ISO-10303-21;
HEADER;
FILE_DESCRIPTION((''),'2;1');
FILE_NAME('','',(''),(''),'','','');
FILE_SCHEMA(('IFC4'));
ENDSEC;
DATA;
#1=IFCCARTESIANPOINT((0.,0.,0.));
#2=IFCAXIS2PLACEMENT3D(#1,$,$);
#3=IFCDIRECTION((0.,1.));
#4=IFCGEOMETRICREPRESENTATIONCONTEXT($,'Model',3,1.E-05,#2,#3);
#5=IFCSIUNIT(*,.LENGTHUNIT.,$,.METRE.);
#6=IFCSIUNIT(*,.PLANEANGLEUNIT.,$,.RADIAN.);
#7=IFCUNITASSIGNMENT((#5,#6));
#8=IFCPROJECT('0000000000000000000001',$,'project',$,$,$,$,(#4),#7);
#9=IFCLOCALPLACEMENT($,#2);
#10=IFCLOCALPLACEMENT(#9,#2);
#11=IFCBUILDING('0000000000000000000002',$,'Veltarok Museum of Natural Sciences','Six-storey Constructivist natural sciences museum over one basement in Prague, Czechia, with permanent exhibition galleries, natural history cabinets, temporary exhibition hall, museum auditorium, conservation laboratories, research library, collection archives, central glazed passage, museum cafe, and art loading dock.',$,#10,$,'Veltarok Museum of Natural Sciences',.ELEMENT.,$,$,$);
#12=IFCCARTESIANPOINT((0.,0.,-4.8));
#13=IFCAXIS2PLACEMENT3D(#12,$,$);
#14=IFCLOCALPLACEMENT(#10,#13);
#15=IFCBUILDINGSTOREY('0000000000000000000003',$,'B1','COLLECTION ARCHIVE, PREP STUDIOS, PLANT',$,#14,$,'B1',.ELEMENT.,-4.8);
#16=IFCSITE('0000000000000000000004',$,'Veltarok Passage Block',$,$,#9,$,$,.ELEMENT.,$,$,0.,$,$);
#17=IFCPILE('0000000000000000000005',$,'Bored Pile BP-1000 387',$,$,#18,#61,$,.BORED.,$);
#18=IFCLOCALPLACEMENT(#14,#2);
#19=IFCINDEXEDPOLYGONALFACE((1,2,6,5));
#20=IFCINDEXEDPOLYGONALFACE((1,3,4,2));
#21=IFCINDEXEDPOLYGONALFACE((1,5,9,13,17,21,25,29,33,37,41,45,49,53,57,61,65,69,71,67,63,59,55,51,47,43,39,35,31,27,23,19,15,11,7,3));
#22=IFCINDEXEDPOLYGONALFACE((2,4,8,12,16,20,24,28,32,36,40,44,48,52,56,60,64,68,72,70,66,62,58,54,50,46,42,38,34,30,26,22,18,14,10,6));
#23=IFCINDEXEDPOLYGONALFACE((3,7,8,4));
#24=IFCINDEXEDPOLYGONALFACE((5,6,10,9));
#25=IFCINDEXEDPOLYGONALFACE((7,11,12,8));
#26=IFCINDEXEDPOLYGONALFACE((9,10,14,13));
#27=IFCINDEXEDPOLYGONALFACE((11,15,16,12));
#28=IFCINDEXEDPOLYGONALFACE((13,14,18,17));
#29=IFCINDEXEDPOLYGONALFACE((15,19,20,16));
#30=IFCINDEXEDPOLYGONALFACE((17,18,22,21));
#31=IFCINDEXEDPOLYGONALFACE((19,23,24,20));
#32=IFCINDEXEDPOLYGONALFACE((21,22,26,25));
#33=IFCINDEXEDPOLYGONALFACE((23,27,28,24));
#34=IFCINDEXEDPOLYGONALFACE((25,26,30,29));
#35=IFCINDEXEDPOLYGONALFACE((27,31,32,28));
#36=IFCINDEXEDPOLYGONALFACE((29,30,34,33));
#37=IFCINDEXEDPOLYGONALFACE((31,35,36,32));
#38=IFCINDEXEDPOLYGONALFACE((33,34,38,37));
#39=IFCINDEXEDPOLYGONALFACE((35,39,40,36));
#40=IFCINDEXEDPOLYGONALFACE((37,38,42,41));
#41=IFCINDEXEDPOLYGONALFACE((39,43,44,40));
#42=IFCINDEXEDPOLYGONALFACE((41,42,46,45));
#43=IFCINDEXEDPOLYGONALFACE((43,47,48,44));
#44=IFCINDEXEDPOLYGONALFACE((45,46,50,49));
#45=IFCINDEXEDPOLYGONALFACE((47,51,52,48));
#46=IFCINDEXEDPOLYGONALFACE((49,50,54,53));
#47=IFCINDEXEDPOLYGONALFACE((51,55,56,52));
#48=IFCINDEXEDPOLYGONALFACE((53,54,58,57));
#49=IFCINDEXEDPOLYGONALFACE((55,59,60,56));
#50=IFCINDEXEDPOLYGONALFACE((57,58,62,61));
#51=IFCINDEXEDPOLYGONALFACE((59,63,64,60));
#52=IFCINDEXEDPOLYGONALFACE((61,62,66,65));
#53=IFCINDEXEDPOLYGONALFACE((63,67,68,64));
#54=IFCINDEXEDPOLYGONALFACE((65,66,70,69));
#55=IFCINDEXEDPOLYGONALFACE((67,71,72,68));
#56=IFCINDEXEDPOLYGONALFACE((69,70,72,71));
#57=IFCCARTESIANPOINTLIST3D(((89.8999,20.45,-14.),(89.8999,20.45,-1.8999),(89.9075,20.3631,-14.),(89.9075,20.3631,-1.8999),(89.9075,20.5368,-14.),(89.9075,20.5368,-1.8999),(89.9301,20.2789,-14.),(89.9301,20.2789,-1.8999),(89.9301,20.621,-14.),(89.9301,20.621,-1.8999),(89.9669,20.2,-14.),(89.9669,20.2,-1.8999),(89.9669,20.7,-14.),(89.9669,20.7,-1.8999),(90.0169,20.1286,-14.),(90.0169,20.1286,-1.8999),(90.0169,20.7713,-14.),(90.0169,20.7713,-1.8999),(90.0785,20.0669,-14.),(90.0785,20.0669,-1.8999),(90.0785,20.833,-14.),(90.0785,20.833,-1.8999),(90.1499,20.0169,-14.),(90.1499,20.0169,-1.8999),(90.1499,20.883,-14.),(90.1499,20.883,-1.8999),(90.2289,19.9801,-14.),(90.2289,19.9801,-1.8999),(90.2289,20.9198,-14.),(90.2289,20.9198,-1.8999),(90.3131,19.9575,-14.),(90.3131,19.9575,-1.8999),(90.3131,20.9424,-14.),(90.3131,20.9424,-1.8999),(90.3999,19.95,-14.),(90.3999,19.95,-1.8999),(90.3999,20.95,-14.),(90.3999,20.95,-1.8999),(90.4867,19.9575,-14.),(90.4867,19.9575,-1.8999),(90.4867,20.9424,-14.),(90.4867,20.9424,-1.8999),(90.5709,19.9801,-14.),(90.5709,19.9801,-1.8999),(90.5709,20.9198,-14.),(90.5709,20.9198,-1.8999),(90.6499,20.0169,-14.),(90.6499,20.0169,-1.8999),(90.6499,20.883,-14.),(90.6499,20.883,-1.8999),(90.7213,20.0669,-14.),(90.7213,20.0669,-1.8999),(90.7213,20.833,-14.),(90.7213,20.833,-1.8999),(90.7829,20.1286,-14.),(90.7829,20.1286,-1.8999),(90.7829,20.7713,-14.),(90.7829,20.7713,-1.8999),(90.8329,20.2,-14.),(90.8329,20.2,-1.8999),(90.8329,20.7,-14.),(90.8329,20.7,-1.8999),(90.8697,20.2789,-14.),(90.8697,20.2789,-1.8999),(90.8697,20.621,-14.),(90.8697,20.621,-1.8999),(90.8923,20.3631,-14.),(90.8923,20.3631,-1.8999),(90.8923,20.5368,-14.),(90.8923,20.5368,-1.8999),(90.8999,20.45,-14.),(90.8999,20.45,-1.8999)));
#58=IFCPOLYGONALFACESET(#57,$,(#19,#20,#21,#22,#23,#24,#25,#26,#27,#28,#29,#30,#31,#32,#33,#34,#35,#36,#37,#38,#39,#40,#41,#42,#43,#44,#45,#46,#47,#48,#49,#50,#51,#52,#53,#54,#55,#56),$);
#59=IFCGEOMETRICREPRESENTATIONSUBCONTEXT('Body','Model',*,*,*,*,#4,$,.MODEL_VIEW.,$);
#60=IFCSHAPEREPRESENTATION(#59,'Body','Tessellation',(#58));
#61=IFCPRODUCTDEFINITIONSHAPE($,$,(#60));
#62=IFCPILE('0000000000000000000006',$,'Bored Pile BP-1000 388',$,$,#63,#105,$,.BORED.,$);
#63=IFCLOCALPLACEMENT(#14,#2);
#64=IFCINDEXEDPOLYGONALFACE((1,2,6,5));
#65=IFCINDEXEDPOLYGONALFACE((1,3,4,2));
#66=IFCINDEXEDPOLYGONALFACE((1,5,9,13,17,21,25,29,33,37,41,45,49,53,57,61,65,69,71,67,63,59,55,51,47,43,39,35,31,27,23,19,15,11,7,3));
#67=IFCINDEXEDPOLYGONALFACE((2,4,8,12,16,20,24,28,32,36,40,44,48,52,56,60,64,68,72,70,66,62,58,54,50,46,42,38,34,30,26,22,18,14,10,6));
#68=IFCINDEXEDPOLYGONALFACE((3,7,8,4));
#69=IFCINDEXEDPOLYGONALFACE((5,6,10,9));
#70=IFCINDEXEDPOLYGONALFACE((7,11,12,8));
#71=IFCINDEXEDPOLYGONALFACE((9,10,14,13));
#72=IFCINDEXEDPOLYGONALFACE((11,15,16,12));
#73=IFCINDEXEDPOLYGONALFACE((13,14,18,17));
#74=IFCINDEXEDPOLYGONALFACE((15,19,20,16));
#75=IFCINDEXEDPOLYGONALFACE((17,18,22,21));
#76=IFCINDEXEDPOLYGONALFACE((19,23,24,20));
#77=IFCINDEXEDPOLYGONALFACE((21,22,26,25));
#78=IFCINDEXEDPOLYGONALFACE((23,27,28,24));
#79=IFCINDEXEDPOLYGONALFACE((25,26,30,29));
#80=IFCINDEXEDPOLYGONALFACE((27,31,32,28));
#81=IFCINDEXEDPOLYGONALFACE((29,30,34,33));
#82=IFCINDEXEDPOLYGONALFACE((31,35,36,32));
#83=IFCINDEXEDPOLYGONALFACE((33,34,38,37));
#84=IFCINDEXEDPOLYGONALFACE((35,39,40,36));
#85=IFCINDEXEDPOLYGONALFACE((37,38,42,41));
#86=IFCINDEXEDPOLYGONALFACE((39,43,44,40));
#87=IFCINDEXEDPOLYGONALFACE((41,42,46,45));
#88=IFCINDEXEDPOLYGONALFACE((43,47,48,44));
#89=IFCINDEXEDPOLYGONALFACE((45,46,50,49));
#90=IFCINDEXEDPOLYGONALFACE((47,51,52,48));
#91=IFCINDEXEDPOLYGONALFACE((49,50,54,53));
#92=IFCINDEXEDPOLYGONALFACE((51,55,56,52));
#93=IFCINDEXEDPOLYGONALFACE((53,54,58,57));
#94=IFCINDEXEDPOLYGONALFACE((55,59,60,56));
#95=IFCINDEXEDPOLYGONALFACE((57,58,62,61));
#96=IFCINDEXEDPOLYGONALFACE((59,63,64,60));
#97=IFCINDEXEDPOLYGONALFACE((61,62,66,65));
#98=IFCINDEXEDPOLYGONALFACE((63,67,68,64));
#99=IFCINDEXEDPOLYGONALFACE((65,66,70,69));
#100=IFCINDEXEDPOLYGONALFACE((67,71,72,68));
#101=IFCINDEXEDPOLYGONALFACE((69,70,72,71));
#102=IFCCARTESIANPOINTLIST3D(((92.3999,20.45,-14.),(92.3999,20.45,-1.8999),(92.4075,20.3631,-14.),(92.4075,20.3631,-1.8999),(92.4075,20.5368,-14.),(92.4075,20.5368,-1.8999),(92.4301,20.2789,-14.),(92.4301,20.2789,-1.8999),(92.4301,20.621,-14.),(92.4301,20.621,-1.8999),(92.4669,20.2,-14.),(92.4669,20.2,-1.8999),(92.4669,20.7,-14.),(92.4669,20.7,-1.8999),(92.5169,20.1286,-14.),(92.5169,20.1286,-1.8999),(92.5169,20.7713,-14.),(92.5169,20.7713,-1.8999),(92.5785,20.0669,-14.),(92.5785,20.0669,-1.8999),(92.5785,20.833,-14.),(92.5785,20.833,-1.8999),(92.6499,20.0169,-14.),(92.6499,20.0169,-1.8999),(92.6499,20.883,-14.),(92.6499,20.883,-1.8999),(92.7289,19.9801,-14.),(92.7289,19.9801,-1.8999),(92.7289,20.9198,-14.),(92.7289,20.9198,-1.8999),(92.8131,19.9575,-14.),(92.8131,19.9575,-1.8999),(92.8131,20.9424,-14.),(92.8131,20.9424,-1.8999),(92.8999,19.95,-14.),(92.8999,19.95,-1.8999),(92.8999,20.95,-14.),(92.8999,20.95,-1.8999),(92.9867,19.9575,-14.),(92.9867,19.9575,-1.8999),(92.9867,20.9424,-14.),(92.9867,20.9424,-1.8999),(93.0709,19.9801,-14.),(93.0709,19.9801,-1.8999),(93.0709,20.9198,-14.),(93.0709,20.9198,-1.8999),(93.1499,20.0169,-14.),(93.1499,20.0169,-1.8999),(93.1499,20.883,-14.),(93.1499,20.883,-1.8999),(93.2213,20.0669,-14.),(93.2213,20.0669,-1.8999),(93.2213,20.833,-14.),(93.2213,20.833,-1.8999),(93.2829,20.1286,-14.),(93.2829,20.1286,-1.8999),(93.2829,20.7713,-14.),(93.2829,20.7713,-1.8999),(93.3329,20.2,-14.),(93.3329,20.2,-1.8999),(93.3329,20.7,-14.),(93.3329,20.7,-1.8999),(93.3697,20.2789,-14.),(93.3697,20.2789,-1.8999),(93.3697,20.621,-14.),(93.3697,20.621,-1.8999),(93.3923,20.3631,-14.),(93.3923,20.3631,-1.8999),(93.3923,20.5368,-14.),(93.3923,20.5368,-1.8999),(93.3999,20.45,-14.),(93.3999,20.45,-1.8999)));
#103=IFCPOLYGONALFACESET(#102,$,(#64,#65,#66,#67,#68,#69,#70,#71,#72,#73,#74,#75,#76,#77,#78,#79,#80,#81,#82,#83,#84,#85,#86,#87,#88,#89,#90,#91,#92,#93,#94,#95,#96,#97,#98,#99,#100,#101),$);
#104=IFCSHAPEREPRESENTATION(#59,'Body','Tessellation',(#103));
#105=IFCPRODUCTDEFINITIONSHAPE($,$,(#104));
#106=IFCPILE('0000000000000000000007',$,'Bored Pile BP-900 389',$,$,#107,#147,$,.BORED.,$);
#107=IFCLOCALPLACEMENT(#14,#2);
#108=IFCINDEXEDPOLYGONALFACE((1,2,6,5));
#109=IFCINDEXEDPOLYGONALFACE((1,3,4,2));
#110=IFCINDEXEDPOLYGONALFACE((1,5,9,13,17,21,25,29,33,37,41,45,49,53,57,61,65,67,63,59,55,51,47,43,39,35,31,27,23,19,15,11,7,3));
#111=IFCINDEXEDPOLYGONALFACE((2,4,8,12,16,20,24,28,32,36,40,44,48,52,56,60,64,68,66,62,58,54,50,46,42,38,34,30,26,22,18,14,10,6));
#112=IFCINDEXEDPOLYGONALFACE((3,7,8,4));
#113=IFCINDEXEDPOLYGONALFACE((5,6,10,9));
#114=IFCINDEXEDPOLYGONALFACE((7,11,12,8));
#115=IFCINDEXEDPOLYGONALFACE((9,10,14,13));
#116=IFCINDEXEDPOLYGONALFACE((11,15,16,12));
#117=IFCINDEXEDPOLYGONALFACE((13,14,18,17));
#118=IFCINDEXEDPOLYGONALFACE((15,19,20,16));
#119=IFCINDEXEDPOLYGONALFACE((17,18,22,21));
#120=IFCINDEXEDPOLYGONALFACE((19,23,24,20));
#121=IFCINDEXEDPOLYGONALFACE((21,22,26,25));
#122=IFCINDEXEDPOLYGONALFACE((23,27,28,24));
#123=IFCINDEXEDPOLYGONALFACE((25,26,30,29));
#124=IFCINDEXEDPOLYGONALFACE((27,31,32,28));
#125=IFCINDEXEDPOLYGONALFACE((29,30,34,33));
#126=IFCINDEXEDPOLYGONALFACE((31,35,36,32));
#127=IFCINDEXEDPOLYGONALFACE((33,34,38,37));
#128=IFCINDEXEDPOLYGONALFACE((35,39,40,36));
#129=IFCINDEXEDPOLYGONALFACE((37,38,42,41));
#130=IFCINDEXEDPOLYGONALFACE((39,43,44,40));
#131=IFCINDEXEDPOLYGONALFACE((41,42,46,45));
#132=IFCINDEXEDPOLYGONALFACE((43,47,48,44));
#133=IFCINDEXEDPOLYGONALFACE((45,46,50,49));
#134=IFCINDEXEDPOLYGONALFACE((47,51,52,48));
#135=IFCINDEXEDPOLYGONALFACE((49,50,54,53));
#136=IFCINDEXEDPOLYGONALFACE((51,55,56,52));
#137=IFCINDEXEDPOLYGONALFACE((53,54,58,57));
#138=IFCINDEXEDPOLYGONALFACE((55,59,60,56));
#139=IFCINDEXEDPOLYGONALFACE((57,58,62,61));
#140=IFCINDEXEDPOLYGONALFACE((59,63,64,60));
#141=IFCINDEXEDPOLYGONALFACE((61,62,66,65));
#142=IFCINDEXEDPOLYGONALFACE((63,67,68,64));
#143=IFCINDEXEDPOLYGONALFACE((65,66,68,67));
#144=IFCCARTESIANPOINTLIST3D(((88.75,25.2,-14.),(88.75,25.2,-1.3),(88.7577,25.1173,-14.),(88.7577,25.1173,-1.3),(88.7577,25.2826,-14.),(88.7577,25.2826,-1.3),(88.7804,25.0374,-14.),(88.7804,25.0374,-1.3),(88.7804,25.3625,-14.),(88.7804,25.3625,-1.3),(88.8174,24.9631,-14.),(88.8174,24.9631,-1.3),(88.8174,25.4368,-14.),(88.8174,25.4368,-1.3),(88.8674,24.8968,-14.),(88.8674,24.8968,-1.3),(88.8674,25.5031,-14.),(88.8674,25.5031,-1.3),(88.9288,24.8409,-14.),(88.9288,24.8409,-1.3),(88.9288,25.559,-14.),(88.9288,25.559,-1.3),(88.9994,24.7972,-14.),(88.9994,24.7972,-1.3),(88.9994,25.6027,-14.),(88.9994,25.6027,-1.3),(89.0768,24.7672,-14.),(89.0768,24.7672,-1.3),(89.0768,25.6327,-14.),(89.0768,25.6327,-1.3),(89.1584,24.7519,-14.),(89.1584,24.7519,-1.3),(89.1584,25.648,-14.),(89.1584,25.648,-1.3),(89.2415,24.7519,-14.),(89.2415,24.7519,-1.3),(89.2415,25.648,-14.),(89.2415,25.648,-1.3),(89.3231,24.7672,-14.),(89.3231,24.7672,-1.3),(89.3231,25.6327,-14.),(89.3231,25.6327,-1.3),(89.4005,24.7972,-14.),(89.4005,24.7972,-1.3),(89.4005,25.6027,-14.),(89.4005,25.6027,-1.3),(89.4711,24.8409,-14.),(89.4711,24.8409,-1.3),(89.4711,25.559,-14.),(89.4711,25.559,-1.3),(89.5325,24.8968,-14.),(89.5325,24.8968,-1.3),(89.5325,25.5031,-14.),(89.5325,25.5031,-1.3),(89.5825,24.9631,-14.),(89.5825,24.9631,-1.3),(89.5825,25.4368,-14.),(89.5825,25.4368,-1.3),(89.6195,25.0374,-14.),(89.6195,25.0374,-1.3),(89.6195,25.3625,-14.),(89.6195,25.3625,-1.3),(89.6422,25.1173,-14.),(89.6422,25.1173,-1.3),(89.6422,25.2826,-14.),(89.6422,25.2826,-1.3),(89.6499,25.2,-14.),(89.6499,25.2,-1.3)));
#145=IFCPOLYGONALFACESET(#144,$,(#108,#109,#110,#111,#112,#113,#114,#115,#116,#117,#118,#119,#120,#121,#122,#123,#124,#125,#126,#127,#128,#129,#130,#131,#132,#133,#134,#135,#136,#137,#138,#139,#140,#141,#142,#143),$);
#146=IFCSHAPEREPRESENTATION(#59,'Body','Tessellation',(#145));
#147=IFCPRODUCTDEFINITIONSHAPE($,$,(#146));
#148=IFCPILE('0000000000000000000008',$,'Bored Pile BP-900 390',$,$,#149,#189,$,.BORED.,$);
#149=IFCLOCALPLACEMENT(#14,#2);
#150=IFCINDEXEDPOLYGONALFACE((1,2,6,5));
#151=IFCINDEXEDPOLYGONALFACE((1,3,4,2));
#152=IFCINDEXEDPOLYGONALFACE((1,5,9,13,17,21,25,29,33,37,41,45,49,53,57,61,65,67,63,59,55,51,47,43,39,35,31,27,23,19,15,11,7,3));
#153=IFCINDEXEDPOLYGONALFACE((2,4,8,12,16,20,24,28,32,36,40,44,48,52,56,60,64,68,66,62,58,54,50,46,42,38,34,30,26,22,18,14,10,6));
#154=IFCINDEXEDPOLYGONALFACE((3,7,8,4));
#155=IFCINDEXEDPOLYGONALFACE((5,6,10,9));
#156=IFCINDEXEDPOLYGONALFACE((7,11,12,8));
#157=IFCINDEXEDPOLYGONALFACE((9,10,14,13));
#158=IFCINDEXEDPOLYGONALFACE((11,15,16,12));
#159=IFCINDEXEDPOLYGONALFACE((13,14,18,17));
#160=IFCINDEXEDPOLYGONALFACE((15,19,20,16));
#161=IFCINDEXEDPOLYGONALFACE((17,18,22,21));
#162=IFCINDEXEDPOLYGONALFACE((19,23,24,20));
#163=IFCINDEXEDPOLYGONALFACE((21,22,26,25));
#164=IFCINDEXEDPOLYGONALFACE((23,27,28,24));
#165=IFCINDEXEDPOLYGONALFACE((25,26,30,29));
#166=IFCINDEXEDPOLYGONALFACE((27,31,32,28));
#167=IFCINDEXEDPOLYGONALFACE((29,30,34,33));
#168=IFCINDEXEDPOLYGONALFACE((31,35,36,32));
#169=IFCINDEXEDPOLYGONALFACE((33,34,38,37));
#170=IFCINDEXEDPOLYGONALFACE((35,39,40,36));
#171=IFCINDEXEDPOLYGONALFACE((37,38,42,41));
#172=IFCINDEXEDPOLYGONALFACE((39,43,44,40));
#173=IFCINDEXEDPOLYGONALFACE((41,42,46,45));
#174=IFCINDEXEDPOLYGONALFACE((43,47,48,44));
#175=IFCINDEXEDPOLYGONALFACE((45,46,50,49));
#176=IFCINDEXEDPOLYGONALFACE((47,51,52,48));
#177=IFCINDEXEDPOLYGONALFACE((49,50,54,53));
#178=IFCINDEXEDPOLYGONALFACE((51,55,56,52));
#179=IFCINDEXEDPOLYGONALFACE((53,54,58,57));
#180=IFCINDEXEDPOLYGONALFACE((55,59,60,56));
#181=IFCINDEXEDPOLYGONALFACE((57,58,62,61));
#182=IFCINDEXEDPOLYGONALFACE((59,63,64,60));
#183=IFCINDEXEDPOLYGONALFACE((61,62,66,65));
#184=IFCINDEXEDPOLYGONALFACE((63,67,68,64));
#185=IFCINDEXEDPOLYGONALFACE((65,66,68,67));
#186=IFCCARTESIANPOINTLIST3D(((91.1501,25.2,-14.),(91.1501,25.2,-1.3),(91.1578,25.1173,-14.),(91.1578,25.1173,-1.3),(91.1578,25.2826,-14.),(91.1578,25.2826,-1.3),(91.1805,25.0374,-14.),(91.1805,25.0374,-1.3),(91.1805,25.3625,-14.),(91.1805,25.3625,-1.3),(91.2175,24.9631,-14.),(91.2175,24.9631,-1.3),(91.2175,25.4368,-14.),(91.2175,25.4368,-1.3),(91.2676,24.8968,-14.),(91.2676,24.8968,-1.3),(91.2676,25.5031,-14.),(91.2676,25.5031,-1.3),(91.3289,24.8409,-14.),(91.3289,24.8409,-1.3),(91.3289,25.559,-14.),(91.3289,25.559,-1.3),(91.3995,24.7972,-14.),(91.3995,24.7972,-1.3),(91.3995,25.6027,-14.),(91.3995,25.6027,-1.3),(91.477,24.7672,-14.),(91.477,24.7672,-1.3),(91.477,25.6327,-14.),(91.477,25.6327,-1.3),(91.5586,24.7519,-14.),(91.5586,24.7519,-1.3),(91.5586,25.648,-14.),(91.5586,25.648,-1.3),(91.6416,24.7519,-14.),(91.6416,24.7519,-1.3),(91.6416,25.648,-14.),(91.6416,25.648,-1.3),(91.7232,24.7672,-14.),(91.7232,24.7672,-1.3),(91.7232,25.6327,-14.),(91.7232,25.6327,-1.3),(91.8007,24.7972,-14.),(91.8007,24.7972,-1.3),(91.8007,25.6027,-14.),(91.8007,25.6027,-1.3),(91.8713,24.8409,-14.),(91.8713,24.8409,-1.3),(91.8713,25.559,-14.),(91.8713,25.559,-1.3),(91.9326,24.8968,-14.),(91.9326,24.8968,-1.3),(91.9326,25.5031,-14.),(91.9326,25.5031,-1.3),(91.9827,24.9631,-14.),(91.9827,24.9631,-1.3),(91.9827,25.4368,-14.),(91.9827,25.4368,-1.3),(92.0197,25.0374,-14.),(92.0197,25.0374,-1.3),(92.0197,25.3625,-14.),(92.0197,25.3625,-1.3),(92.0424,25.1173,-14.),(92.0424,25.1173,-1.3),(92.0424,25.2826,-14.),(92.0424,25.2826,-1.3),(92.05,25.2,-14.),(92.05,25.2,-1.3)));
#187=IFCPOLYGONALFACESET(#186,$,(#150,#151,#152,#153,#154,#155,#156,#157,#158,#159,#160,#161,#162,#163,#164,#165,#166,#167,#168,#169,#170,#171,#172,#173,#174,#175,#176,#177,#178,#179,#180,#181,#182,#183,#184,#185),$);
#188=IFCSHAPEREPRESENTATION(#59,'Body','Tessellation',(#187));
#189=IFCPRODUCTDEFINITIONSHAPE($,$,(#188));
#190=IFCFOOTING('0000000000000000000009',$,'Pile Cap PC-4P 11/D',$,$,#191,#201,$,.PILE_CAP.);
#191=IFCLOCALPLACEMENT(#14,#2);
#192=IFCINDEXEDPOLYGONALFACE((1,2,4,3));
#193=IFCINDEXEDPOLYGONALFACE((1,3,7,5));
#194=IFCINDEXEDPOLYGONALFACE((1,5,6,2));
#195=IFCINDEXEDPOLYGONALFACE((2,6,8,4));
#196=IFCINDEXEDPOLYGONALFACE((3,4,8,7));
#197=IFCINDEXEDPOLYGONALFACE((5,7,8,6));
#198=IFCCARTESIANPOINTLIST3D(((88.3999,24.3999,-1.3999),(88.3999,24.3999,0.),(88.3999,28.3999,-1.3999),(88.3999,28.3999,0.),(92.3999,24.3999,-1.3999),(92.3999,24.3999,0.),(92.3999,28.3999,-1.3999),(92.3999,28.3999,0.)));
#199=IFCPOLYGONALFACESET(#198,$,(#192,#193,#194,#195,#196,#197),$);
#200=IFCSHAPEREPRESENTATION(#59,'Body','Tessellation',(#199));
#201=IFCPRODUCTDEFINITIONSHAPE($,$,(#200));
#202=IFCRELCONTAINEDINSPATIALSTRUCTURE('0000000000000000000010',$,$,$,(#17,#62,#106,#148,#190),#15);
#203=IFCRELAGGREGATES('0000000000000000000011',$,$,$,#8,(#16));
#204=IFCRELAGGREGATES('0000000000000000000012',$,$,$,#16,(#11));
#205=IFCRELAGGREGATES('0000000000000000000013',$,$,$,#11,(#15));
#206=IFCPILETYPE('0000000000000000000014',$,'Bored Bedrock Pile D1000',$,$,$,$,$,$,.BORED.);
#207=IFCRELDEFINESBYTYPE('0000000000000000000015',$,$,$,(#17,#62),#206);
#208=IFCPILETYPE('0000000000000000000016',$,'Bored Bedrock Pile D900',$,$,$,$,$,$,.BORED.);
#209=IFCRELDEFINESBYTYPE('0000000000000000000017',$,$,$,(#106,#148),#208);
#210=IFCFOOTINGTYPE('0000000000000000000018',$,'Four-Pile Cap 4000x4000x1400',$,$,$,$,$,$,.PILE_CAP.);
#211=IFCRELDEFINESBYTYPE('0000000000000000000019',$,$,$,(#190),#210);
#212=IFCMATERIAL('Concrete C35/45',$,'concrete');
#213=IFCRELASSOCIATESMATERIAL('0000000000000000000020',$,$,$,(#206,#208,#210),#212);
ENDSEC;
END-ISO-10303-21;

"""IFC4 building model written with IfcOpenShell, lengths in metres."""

from ifc_helpers import new_model, si_unit, direction, frame, origin, origin_2d, place, context, subcontext, project, spatial, rectangle, circle, extrude, material, material_profile, profile_set, type_object, element, save


model = new_model("IFC4")

# Units and contexts
model_context = context("Model", 3, precision=1e-05, world=origin(), true_north=direction((0.0, 1.0)))
body_context = subcontext(model_context, "Body", "Model", "MODEL_VIEW")
ifc_project = project(units=[si_unit("LENGTHUNIT", "METRE"), si_unit("PLANEANGLEUNIT", "RADIAN")], contexts=[model_context])

# Site, building, storey
site_placement = place(None, origin())
site = spatial("IfcSite", under=ifc_project, at=site_placement, Name="Veltarok Passage Block", CompositionType="ELEMENT", RefElevation=0.0)
building_placement = place(site_placement, origin())
building = spatial("IfcBuilding", under=site, at=building_placement, Name="Veltarok Museum of Natural Sciences", Description="Six-storey Constructivist natural sciences museum over one basement in Prague, Czechia, with permanent exhibition galleries, natural history cabinets, temporary exhibition hall, museum auditorium, conservation laboratories, research library, collection archives, central glazed passage, museum cafe, and art loading dock.", LongName="Veltarok Museum of Natural Sciences", CompositionType="ELEMENT")
storey_placement = place(building_placement, frame((0.0, 0.0, -4.8)))
storey = spatial("IfcBuildingStorey", under=building, at=storey_placement, Name="B1", Description="COLLECTION ARCHIVE, PREP STUDIOS, PLANT", LongName="B1", CompositionType="ELEMENT", Elevation=-4.8)

# Piles
ifc_material_1 = material(Name="Concrete C35/45", Category="concrete")
ifc_material_profile_1 = material_profile(ifc_material_1, circle(Radius=0.5, at=origin_2d()), Name="BP D1000")
ifc_profile_set_1 = profile_set([ifc_material_profile_1], Name="Concrete C35/45")
pile_type_1 = type_object("IfcPileType", Name="Bored Bedrock Pile D1000", PredefinedType="BORED", material=ifc_profile_set_1)
for number, where, z_axis, x_axis, name in (
    (1, (90.3999, 20.45, -1.8999), (0.0, 0.0, -1.0), (1.0, 0.0, 0.0), "Bored Pile BP-1000 387"),
    (2, (92.8999, 20.45, -1.8999), (0.0, 0.0, -1.0), (1.0, 0.0, 0.0), "Bored Pile BP-1000 388"),
):
    element("IfcPile", number, at=place(storey_placement, frame(where, z_axis=z_axis, x_axis=x_axis)), inside=storey, type_object=pile_type_1, Name=name, PredefinedType="BORED", context=body_context, shape_type="SweptSolid", body=[
        extrude(circle(Radius=0.5, at=origin_2d()), origin(), (0.0, 0.0, 1.0), 12.1001),
    ])
ifc_material_profile_2 = material_profile(ifc_material_1, circle(Radius=0.45, at=origin_2d()), Name="BP D900")
ifc_profile_set_2 = profile_set([ifc_material_profile_2], Name="Concrete C35/45")
pile_type_2 = type_object("IfcPileType", Name="Bored Bedrock Pile D900", PredefinedType="BORED", material=ifc_profile_set_2)
for number, where, z_axis, x_axis, name in (
    (3, (89.2, 25.2, -1.3), (0.0, 0.0, -1.0), (1.0, 0.0, 0.0), "Bored Pile BP-900 389"),
    (4, (91.6001, 25.2, -1.3), (0.0, 0.0, -1.0), (1.0, 0.0, 0.0), "Bored Pile BP-900 390"),
):
    element("IfcPile", number, at=place(storey_placement, frame(where, z_axis=z_axis, x_axis=x_axis)), inside=storey, type_object=pile_type_2, Name=name, PredefinedType="BORED", context=body_context, shape_type="SweptSolid", body=[
        extrude(circle(Radius=0.45, at=origin_2d()), origin(), (0.0, 0.0, 1.0), 12.7),
    ])

# Footing
footing_type_1 = type_object("IfcFootingType", Name="Four-Pile Cap 4000x4000x1400", PredefinedType="PILE_CAP", material=ifc_material_1)
footing_1_placement = place(storey_placement, frame((90.3999, 26.3999, -1.3999), z_axis=(0.0, 0.0, 1.0), x_axis=(1.0, 0.0, 0.0)))
element("IfcFooting", 5, at=footing_1_placement, inside=storey, type_object=footing_type_1, Name="Pile Cap PC-4P 11/D", PredefinedType="PILE_CAP", context=body_context, shape_type="SweptSolid", body=[
    extrude(rectangle(XDim=4.0, YDim=4.0, at=origin_2d()), origin(), (0.0, 0.0, 1.0), 1.3999),
])

save(model, "model.ifc")
